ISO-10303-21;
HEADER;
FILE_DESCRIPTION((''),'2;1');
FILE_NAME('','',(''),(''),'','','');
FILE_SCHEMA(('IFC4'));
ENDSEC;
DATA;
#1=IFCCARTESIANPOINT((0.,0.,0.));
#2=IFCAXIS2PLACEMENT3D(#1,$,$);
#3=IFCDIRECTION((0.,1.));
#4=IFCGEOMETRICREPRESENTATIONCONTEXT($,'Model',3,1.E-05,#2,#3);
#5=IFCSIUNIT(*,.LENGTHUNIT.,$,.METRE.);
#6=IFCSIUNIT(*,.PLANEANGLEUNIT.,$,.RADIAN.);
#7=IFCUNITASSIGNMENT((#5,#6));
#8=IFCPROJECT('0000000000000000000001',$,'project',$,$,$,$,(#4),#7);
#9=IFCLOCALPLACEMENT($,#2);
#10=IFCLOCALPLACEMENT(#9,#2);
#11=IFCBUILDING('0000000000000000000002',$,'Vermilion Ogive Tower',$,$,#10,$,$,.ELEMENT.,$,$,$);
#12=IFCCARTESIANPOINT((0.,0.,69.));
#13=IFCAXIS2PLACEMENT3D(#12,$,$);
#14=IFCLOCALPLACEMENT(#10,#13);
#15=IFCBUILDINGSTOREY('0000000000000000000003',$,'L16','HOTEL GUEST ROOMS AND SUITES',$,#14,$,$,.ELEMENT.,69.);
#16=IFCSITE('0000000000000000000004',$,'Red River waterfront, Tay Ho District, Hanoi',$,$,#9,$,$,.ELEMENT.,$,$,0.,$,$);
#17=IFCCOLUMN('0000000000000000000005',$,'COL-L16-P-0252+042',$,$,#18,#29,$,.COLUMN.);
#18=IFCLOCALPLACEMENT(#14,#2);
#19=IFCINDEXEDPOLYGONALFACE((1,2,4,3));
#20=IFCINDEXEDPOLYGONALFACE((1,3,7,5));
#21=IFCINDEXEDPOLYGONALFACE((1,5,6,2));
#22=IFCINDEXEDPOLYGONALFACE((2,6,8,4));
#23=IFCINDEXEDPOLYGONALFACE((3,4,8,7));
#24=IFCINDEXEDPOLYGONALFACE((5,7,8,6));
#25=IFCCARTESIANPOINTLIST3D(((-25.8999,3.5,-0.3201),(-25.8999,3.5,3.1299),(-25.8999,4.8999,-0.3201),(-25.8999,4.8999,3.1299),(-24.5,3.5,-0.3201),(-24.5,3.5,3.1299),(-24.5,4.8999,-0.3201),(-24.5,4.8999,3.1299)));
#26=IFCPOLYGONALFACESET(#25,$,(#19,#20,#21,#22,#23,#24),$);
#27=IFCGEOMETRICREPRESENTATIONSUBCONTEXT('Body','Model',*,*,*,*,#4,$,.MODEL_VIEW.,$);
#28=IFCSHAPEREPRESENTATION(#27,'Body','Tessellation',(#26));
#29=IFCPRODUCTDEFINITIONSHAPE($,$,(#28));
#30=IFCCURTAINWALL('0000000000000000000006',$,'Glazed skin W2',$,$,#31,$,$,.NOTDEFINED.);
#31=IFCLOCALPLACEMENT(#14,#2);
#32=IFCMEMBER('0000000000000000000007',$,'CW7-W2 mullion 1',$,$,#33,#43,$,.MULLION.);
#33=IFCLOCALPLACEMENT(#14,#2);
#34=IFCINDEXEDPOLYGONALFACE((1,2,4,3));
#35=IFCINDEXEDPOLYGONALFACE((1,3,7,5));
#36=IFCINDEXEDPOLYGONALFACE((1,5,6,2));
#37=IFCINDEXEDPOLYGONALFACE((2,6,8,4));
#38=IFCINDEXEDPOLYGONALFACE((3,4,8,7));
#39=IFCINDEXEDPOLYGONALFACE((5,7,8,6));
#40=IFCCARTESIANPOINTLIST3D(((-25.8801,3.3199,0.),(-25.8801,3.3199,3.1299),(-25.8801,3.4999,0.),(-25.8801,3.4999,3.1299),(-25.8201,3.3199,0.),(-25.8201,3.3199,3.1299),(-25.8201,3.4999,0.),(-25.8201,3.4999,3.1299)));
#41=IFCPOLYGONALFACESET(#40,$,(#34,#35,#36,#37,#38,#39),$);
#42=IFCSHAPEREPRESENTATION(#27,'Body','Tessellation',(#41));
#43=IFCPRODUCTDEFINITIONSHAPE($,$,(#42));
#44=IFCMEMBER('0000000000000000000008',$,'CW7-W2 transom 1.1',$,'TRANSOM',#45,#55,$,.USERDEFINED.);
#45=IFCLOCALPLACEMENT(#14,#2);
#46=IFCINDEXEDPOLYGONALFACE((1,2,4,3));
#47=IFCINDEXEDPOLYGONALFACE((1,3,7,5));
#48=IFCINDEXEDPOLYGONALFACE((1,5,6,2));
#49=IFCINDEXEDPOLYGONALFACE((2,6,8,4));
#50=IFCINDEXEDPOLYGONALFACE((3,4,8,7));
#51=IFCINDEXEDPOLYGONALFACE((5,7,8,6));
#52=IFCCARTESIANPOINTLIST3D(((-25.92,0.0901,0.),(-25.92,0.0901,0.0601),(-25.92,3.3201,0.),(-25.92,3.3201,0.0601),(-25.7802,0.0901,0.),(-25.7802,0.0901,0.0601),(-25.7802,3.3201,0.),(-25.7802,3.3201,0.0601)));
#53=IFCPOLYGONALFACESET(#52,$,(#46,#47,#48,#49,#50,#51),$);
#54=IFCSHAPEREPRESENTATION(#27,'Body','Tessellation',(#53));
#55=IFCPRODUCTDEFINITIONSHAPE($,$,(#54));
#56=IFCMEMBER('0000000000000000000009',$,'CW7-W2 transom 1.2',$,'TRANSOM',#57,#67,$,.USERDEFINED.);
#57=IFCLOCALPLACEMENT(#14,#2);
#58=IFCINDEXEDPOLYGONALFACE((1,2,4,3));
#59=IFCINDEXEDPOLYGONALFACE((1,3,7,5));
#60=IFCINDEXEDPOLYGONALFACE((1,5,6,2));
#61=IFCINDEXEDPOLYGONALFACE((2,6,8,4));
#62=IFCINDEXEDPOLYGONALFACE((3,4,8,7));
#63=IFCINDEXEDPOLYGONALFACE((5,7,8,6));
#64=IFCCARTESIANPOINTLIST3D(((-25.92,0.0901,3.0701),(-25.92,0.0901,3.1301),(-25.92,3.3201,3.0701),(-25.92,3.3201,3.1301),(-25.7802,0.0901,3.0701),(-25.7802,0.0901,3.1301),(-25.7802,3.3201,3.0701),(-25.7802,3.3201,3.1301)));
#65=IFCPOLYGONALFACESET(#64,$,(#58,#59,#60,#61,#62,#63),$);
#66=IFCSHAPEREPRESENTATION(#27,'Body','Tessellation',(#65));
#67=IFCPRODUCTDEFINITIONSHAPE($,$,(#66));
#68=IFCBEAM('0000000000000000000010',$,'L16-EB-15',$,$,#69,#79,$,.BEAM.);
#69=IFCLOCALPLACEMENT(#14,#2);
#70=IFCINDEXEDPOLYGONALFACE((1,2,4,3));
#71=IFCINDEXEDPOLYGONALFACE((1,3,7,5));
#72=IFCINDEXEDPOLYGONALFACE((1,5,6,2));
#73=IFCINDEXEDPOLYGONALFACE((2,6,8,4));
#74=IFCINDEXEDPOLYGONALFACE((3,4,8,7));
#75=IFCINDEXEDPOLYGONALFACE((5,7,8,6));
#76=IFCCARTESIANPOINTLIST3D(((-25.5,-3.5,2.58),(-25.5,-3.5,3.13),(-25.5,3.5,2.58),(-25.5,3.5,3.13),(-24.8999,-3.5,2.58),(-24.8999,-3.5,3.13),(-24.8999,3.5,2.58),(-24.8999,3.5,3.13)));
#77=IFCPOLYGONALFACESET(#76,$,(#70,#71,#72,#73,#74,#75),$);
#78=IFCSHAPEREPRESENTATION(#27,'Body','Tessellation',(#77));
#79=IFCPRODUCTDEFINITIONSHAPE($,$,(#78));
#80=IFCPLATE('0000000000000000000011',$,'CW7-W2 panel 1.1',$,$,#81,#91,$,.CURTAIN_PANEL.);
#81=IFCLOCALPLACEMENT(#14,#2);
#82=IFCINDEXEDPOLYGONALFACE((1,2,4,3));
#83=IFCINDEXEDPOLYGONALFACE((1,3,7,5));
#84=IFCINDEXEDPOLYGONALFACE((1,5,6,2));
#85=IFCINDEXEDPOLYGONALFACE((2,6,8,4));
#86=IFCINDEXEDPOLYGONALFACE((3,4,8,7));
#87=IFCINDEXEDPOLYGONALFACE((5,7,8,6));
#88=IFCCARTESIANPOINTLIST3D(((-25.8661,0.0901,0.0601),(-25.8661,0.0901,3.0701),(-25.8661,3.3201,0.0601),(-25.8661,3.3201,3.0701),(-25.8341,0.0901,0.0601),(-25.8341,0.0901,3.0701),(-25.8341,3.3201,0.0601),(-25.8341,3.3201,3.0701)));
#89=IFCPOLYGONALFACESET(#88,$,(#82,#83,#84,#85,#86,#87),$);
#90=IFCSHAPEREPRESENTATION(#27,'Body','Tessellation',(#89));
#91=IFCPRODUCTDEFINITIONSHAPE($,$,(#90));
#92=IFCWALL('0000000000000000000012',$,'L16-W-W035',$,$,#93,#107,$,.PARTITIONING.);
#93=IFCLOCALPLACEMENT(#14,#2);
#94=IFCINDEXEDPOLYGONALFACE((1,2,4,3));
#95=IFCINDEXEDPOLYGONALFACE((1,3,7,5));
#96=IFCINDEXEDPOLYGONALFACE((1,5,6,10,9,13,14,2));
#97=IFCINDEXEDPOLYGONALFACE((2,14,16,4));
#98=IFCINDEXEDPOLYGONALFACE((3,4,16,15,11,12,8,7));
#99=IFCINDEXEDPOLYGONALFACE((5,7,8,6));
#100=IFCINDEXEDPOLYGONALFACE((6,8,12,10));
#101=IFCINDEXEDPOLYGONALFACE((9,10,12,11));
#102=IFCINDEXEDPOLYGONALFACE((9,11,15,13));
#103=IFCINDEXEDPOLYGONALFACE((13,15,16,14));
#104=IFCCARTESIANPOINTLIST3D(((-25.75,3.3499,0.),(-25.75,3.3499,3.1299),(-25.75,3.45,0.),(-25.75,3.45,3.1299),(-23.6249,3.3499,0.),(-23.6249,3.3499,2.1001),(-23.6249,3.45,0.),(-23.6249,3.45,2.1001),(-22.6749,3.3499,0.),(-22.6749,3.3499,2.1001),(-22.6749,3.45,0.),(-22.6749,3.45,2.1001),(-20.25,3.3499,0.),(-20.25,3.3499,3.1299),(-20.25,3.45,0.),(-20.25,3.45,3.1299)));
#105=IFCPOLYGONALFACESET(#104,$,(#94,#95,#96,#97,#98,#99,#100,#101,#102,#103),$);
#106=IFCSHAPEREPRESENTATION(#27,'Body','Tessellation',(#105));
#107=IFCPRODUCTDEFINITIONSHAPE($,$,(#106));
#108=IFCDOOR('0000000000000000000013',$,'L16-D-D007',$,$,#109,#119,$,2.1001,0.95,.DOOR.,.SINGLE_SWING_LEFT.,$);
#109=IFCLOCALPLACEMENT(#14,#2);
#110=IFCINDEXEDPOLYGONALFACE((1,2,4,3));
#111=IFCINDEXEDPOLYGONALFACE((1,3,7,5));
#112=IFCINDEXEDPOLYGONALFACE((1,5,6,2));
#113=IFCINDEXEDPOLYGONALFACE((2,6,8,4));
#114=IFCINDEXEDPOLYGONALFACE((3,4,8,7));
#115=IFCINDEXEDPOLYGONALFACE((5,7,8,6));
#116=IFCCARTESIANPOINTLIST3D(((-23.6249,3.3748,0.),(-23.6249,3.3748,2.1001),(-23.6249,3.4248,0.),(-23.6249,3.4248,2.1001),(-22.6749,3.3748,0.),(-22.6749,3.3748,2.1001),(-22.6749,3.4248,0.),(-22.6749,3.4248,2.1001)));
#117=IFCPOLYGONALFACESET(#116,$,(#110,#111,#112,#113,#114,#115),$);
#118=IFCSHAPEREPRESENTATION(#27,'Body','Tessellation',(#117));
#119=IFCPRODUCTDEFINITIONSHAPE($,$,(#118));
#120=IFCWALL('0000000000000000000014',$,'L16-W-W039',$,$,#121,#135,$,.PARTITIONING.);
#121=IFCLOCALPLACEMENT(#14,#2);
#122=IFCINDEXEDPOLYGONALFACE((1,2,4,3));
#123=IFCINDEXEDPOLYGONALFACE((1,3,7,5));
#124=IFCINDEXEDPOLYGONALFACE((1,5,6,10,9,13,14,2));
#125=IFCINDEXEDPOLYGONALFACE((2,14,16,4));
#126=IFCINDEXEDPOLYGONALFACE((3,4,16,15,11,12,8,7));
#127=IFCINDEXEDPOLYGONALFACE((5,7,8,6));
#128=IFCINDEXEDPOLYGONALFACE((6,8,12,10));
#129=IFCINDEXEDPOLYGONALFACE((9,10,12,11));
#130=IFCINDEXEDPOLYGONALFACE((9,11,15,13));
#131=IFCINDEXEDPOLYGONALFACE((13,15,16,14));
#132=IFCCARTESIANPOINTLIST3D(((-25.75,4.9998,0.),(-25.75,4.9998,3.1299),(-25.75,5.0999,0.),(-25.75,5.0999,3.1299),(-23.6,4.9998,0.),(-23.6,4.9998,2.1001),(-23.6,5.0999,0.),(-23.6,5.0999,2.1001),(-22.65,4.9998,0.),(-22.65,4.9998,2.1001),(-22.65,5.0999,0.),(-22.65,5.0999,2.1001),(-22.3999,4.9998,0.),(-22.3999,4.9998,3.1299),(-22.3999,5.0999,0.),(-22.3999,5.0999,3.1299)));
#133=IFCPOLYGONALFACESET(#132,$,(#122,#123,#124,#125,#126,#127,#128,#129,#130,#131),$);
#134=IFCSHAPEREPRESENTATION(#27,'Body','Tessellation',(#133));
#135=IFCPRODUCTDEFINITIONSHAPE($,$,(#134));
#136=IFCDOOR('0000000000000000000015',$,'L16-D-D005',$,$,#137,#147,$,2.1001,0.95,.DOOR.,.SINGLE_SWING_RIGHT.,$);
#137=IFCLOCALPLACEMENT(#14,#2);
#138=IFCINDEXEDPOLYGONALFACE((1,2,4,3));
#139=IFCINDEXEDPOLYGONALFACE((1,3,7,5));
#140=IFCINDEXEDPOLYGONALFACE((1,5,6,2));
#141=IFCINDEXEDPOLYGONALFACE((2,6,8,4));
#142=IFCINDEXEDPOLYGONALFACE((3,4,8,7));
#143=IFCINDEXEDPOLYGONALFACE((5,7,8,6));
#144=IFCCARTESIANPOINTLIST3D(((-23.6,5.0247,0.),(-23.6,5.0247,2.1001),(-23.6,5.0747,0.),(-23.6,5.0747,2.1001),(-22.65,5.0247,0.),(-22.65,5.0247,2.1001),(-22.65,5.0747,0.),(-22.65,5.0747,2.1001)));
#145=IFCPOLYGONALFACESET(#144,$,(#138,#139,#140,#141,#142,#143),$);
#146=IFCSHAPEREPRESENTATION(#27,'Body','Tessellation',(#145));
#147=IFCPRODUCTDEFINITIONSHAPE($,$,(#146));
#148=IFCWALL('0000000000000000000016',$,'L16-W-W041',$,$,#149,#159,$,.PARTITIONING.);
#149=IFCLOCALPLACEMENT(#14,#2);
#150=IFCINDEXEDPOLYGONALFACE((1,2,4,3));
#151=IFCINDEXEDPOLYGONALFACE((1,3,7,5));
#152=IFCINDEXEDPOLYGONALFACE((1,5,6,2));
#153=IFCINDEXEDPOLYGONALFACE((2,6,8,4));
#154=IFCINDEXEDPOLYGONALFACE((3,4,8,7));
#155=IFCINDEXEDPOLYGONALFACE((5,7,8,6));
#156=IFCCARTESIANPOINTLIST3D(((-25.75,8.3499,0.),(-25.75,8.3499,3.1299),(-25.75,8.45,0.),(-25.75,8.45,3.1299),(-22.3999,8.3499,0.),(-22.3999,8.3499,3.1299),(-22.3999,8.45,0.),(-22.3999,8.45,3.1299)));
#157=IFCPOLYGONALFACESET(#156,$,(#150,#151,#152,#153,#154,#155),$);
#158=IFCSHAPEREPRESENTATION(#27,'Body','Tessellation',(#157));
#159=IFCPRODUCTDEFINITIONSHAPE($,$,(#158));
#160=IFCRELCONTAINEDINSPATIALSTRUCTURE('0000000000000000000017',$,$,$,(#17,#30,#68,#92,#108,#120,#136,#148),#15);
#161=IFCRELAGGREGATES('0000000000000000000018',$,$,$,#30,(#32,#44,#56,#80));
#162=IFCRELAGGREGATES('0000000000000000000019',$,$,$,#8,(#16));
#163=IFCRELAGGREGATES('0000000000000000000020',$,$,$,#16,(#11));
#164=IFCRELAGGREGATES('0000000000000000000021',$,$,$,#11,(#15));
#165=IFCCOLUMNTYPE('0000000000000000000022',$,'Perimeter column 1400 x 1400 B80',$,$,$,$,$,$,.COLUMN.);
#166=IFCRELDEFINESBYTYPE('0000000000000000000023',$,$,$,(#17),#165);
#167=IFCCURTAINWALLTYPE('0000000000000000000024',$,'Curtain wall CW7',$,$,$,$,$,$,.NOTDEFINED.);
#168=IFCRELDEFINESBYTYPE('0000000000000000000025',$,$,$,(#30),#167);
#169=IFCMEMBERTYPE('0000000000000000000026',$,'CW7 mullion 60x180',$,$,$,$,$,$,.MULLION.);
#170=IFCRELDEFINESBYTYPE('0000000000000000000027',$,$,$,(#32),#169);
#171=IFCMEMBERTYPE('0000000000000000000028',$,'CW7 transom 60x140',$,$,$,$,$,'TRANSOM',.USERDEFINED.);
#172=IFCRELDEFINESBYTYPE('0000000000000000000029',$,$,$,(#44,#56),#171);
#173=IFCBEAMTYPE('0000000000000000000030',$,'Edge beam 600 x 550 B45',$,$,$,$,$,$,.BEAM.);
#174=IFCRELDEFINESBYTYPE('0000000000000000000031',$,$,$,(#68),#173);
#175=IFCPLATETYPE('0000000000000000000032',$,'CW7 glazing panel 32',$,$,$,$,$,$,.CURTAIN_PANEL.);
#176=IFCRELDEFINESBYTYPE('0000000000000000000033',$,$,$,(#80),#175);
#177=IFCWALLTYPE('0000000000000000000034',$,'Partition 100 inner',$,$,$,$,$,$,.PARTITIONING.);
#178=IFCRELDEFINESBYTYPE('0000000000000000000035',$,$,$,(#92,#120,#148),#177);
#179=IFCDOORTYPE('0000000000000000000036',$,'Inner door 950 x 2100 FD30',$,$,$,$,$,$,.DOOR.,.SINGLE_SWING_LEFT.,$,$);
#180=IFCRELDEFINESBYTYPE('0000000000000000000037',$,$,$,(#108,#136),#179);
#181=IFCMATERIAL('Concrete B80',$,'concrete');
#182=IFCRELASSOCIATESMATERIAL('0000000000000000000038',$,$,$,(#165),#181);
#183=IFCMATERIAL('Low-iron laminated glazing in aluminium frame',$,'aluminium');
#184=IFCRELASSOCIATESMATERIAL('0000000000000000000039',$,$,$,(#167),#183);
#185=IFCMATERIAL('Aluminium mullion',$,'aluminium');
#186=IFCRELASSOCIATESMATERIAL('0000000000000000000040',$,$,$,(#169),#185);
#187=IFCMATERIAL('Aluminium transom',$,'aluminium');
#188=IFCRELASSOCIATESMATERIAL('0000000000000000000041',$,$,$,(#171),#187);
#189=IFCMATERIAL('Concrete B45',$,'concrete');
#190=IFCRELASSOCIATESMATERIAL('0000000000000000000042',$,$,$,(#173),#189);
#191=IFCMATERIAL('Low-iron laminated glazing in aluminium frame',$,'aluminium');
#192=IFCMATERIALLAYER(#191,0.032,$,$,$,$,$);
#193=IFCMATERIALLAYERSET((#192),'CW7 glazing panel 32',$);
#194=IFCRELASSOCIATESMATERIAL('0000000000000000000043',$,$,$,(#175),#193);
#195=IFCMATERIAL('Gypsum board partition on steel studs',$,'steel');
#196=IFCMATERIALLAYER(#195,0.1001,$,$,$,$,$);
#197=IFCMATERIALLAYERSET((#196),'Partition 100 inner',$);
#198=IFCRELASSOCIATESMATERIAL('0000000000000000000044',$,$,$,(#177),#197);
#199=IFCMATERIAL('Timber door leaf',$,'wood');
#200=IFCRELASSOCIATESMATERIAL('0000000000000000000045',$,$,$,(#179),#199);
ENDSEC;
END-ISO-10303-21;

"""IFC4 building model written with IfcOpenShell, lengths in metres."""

from ifc_helpers import new_model, si_unit, direction, frame, frame_2d, origin, origin_2d, place, context, subcontext, project, spatial, rectangle, extrude, material, layer, layer_set, material_profile, profile_set, type_object, element, fill, aggregate, save


model = new_model("IFC4")

# Units and contexts
model_context = context("Model", 3, precision=1e-05, world=origin(), true_north=direction((0.0, 1.0)))
body_context = subcontext(model_context, "Body", "Model", "MODEL_VIEW")
ifc_project = project(units=[si_unit("LENGTHUNIT", "METRE"), si_unit("PLANEANGLEUNIT", "RADIAN")], contexts=[model_context])

# Site, building, storey
site_placement = place(None, origin())
site = spatial("IfcSite", under=ifc_project, at=site_placement, Name="Red River waterfront, Tay Ho District, Hanoi", CompositionType="ELEMENT", RefElevation=0.0)
building_placement = place(site_placement, origin())
building = spatial("IfcBuilding", under=site, at=building_placement, Name="Vermilion Ogive Tower", CompositionType="ELEMENT")
storey_placement = place(building_placement, frame((0.0, 0.0, 69.0)))
storey = spatial("IfcBuildingStorey", under=building, at=storey_placement, Name="L16", Description="HOTEL GUEST ROOMS AND SUITES", CompositionType="ELEMENT", Elevation=69.0)

# Column
ifc_material_1 = material(Name="Concrete B80", Category="concrete")
ifc_material_profile_1 = material_profile(ifc_material_1, rectangle(XDim=1.3999, YDim=1.3999, at=origin_2d()), Name="1400 x 1400")
ifc_profile_set_1 = profile_set([ifc_material_profile_1], Name="Concrete B80")
column_type = type_object("IfcColumnType", Name="Perimeter column 1400 x 1400 B80", PredefinedType="COLUMN", material=ifc_profile_set_1)
column_placement = place(storey_placement, frame((-25.2, 4.2, -0.3201), z_axis=(0.0, 0.0, 1.0), x_axis=(1.0, 0.0, 0.0)))
element("IfcColumn", 1, at=column_placement, inside=storey, type_object=column_type, Name="COL-L16-P-0252+042", PredefinedType="COLUMN", context=body_context, shape_type="SweptSolid", body=[
    extrude(rectangle(XDim=1.3999, YDim=1.3999, at=origin_2d()), origin(), (0.0, 0.0, 1.0), 3.45),
])

# Curtain wall, members
ifc_material_2 = material(Name="Low-iron laminated glazing in aluminium frame", Category="aluminium")
curtain_wall_type = type_object("IfcCurtainWallType", Name="Curtain wall CW7", PredefinedType="NOTDEFINED", material=ifc_material_2)
curtain_wall_placement = place(storey_placement, origin())
curtain_wall = element("IfcCurtainWall", 2, at=curtain_wall_placement, inside=storey, type_object=curtain_wall_type, Name="Glazed skin W2", PredefinedType="NOTDEFINED")
ifc_material_3 = material(Name="Aluminium mullion", Category="aluminium")
ifc_material_profile_2 = material_profile(ifc_material_3, rectangle(XDim=0.0601, YDim=0.1799, at=origin_2d()), Name="AL 60x180")
ifc_profile_set_2 = profile_set([ifc_material_profile_2], Name="Aluminium mullion")
member_type_1 = type_object("IfcMemberType", Name="CW7 mullion 60x180", PredefinedType="MULLION", material=ifc_profile_set_2)
member_1_placement = place(storey_placement, frame((-25.8501, 3.4099, 0.0), z_axis=(0.0, 0.0, 1.0), x_axis=(1.0, 0.0, 0.0)))
member_1 = element("IfcMember", 3, at=member_1_placement, type_object=member_type_1, Name="CW7-W2 mullion 1", PredefinedType="MULLION", context=body_context, shape_type="SweptSolid", body=[
    extrude(rectangle(XDim=0.0601, YDim=0.1799, at=origin_2d()), origin(), (0.0, 0.0, 1.0), 3.1299),
])
ifc_material_4 = material(Name="Aluminium transom", Category="aluminium")
ifc_material_profile_3 = material_profile(ifc_material_4, rectangle(XDim=0.1399, YDim=0.0601, at=origin_2d()), Name="AL 60x140")
ifc_profile_set_3 = profile_set([ifc_material_profile_3], Name="Aluminium transom")
member_type_2 = type_object("IfcMemberType", Name="CW7 transom 60x140", ElementType="TRANSOM", PredefinedType="USERDEFINED", material=ifc_profile_set_3)
member_2_placement = place(storey_placement, frame((-25.8501, 3.3201, 0.03), z_axis=(0.0, -1.0, 0.0), x_axis=(1.0, 0.0, 0.0)))
member_2 = element("IfcMember", 4, at=member_2_placement, type_object=member_type_2, Name="CW7-W2 transom 1.1", ObjectType="TRANSOM", PredefinedType="USERDEFINED", context=body_context, shape_type="SweptSolid", body=[
    extrude(rectangle(XDim=0.1399, YDim=0.0601, at=origin_2d()), origin(), (0.0, 0.0, 1.0), 3.23),
])
member_3_placement = place(storey_placement, frame((-25.8501, 3.3201, 3.1001), z_axis=(0.0, -1.0, 0.0), x_axis=(1.0, 0.0, 0.0)))
member_3 = element("IfcMember", 5, at=member_3_placement, type_object=member_type_2, Name="CW7-W2 transom 1.2", ObjectType="TRANSOM", PredefinedType="USERDEFINED", context=body_context, shape_type="SweptSolid", body=[
    extrude(rectangle(XDim=0.1399, YDim=0.0601, at=origin_2d()), origin(), (0.0, 0.0, 1.0), 3.23),
])

# Beam
ifc_material_5 = material(Name="Concrete B45", Category="concrete")
ifc_material_profile_4 = material_profile(ifc_material_5, rectangle(XDim=0.6001, YDim=0.55, at=origin_2d()), Name="600 x 550")
ifc_profile_set_4 = profile_set([ifc_material_profile_4], Name="Concrete B45")
beam_type = type_object("IfcBeamType", Name="Edge beam 600 x 550 B45", PredefinedType="BEAM", material=ifc_profile_set_4)
beam_placement = place(storey_placement, frame((-25.2, 3.5, 2.855), z_axis=(0.0, -1.0, 0.0), x_axis=(1.0, 0.0, 0.0)))
element("IfcBeam", 6, at=beam_placement, inside=storey, type_object=beam_type, Name="L16-EB-15", PredefinedType="BEAM", context=body_context, shape_type="SweptSolid", body=[
    extrude(rectangle(XDim=0.6001, YDim=0.55, at=origin_2d()), origin(), (0.0, 0.0, 1.0), 7.0),
])

# Plate
ifc_material_6 = material(Name="Low-iron laminated glazing in aluminium frame", Category="aluminium")
ifc_layer_1 = layer(ifc_material_6, 0.032)
ifc_layer_set_1 = layer_set([ifc_layer_1], Name="CW7 glazing panel 32")
plate_type = type_object("IfcPlateType", Name="CW7 glazing panel 32", PredefinedType="CURTAIN_PANEL", material=ifc_layer_set_1)
plate_placement = place(storey_placement, frame((-25.8501, 1.7051, 0.0601), z_axis=(0.0, 0.0, 1.0), x_axis=(0.0, -1.0, 0.0)))
plate = element("IfcPlate", 7, at=plate_placement, type_object=plate_type, Name="CW7-W2 panel 1.1", PredefinedType="CURTAIN_PANEL", context=body_context, shape_type="SweptSolid", body=[
    extrude(rectangle(XDim=3.23, YDim=0.032, at=origin_2d()), origin(), (0.0, 0.0, 1.0), 3.01),
])
aggregate(curtain_wall, [member_1, member_2, member_3, plate])

# Walls, openings, doors
ifc_material_7 = material(Name="Gypsum board partition on steel studs", Category="steel")
ifc_layer_2 = layer(ifc_material_7, 0.1001)
ifc_layer_set_2 = layer_set([ifc_layer_2], Name="Partition 100 inner")
wall_type_1 = type_object("IfcWallType", Name="Partition 100 inner", PredefinedType="PARTITIONING", material=ifc_layer_set_2)
wall_1_placement = place(storey_placement, frame((-25.75, 3.3999, 0.0), z_axis=(0.0, 0.0, 1.0), x_axis=(1.0, 0.0, 0.0)))
wall_1 = element("IfcWall", 8, at=wall_1_placement, inside=storey, type_object=wall_type_1, Name="L16-W-W035", PredefinedType="PARTITIONING", context=body_context, shape_type="SweptSolid", body=[
    extrude(rectangle(XDim=5.5, YDim=0.1001, at=frame_2d((2.75, 0.0))), origin(), (0.0, 0.0, 1.0), 3.1299),
])
opening_1_placement = place(wall_1_placement, frame((2.125, 0.0, 0.0)))
opening_1 = element("IfcOpeningElement", 9, at=opening_1_placement, cuts=wall_1, PredefinedType="OPENING", context=body_context, shape_type="SweptSolid", body=[
    extrude(rectangle(XDim=0.95, YDim=2.1001, at=frame_2d((0.4751, 1.05))), frame((0.0, 0.0601, 0.0), z_axis=(0.0, -1.0, 0.0), x_axis=(1.0, 0.0, 0.0)), (0.0, 0.0, 1.0), 0.1201),
])
ifc_material_8 = material(Name="Timber door leaf", Category="wood")
door_type_1 = type_object("IfcDoorType", Name="Inner door 950 x 2100 FD30", OperationType="SINGLE_SWING_LEFT", PredefinedType="DOOR", material=ifc_material_8)
door_1_placement = place(opening_1_placement, origin())
door_1 = element("IfcDoor", 10, at=door_1_placement, inside=storey, type_object=door_type_1, Name="L16-D-D007", OperationType="SINGLE_SWING_LEFT", OverallHeight=2.1001, OverallWidth=0.95, PredefinedType="DOOR", context=body_context, shape_type="SweptSolid", body=[
    extrude(rectangle(XDim=0.95, YDim=2.1001, at=frame_2d((0.4751, 1.05))), frame((0.0, 0.0249, 0.0), z_axis=(0.0, -1.0, 0.0), x_axis=(1.0, 0.0, 0.0)), (0.0, 0.0, 1.0), 0.05),
])
fill(opening_1, door_1)
wall_2_placement = place(storey_placement, frame((-25.75, 5.0498, 0.0), z_axis=(0.0, 0.0, 1.0), x_axis=(1.0, 0.0, 0.0)))
wall_2 = element("IfcWall", 11, at=wall_2_placement, inside=storey, type_object=wall_type_1, Name="L16-W-W039", PredefinedType="PARTITIONING", context=body_context, shape_type="SweptSolid", body=[
    extrude(rectangle(XDim=3.3501, YDim=0.1001, at=frame_2d((1.675, 0.0))), origin(), (0.0, 0.0, 1.0), 3.1299),
])
opening_2_placement = place(wall_2_placement, frame((2.1499, 0.0, 0.0)))
opening_2 = element("IfcOpeningElement", 12, at=opening_2_placement, cuts=wall_2, PredefinedType="OPENING", context=body_context, shape_type="SweptSolid", body=[
    extrude(rectangle(XDim=0.95, YDim=2.1001, at=frame_2d((0.4751, 1.05))), frame((0.0, 0.0601, 0.0), z_axis=(0.0, -1.0, 0.0), x_axis=(1.0, 0.0, 0.0)), (0.0, 0.0, 1.0), 0.1201),
])
door_2_placement = place(opening_2_placement, origin())
door_2 = element("IfcDoor", 13, at=door_2_placement, inside=storey, type_object=door_type_1, Name="L16-D-D005", OperationType="SINGLE_SWING_RIGHT", OverallHeight=2.1001, OverallWidth=0.95, PredefinedType="DOOR", context=body_context, shape_type="SweptSolid", body=[
    extrude(rectangle(XDim=0.95, YDim=2.1001, at=frame_2d((0.4751, 1.05))), frame((0.0, 0.0249, 0.0), z_axis=(0.0, -1.0, 0.0), x_axis=(1.0, 0.0, 0.0)), (0.0, 0.0, 1.0), 0.05),
])
fill(opening_2, door_2)

# Wall
wall_3_placement = place(storey_placement, frame((-25.75, 8.3999, 0.0), z_axis=(0.0, 0.0, 1.0), x_axis=(1.0, 0.0, 0.0)))
element("IfcWall", 14, at=wall_3_placement, inside=storey, type_object=wall_type_1, Name="L16-W-W041", PredefinedType="PARTITIONING", context=body_context, shape_type="SweptSolid", body=[
    extrude(rectangle(XDim=3.3501, YDim=0.1001, at=frame_2d((1.675, 0.0))), origin(), (0.0, 0.0, 1.0), 3.1299),
])

save(model, "model.ifc")
